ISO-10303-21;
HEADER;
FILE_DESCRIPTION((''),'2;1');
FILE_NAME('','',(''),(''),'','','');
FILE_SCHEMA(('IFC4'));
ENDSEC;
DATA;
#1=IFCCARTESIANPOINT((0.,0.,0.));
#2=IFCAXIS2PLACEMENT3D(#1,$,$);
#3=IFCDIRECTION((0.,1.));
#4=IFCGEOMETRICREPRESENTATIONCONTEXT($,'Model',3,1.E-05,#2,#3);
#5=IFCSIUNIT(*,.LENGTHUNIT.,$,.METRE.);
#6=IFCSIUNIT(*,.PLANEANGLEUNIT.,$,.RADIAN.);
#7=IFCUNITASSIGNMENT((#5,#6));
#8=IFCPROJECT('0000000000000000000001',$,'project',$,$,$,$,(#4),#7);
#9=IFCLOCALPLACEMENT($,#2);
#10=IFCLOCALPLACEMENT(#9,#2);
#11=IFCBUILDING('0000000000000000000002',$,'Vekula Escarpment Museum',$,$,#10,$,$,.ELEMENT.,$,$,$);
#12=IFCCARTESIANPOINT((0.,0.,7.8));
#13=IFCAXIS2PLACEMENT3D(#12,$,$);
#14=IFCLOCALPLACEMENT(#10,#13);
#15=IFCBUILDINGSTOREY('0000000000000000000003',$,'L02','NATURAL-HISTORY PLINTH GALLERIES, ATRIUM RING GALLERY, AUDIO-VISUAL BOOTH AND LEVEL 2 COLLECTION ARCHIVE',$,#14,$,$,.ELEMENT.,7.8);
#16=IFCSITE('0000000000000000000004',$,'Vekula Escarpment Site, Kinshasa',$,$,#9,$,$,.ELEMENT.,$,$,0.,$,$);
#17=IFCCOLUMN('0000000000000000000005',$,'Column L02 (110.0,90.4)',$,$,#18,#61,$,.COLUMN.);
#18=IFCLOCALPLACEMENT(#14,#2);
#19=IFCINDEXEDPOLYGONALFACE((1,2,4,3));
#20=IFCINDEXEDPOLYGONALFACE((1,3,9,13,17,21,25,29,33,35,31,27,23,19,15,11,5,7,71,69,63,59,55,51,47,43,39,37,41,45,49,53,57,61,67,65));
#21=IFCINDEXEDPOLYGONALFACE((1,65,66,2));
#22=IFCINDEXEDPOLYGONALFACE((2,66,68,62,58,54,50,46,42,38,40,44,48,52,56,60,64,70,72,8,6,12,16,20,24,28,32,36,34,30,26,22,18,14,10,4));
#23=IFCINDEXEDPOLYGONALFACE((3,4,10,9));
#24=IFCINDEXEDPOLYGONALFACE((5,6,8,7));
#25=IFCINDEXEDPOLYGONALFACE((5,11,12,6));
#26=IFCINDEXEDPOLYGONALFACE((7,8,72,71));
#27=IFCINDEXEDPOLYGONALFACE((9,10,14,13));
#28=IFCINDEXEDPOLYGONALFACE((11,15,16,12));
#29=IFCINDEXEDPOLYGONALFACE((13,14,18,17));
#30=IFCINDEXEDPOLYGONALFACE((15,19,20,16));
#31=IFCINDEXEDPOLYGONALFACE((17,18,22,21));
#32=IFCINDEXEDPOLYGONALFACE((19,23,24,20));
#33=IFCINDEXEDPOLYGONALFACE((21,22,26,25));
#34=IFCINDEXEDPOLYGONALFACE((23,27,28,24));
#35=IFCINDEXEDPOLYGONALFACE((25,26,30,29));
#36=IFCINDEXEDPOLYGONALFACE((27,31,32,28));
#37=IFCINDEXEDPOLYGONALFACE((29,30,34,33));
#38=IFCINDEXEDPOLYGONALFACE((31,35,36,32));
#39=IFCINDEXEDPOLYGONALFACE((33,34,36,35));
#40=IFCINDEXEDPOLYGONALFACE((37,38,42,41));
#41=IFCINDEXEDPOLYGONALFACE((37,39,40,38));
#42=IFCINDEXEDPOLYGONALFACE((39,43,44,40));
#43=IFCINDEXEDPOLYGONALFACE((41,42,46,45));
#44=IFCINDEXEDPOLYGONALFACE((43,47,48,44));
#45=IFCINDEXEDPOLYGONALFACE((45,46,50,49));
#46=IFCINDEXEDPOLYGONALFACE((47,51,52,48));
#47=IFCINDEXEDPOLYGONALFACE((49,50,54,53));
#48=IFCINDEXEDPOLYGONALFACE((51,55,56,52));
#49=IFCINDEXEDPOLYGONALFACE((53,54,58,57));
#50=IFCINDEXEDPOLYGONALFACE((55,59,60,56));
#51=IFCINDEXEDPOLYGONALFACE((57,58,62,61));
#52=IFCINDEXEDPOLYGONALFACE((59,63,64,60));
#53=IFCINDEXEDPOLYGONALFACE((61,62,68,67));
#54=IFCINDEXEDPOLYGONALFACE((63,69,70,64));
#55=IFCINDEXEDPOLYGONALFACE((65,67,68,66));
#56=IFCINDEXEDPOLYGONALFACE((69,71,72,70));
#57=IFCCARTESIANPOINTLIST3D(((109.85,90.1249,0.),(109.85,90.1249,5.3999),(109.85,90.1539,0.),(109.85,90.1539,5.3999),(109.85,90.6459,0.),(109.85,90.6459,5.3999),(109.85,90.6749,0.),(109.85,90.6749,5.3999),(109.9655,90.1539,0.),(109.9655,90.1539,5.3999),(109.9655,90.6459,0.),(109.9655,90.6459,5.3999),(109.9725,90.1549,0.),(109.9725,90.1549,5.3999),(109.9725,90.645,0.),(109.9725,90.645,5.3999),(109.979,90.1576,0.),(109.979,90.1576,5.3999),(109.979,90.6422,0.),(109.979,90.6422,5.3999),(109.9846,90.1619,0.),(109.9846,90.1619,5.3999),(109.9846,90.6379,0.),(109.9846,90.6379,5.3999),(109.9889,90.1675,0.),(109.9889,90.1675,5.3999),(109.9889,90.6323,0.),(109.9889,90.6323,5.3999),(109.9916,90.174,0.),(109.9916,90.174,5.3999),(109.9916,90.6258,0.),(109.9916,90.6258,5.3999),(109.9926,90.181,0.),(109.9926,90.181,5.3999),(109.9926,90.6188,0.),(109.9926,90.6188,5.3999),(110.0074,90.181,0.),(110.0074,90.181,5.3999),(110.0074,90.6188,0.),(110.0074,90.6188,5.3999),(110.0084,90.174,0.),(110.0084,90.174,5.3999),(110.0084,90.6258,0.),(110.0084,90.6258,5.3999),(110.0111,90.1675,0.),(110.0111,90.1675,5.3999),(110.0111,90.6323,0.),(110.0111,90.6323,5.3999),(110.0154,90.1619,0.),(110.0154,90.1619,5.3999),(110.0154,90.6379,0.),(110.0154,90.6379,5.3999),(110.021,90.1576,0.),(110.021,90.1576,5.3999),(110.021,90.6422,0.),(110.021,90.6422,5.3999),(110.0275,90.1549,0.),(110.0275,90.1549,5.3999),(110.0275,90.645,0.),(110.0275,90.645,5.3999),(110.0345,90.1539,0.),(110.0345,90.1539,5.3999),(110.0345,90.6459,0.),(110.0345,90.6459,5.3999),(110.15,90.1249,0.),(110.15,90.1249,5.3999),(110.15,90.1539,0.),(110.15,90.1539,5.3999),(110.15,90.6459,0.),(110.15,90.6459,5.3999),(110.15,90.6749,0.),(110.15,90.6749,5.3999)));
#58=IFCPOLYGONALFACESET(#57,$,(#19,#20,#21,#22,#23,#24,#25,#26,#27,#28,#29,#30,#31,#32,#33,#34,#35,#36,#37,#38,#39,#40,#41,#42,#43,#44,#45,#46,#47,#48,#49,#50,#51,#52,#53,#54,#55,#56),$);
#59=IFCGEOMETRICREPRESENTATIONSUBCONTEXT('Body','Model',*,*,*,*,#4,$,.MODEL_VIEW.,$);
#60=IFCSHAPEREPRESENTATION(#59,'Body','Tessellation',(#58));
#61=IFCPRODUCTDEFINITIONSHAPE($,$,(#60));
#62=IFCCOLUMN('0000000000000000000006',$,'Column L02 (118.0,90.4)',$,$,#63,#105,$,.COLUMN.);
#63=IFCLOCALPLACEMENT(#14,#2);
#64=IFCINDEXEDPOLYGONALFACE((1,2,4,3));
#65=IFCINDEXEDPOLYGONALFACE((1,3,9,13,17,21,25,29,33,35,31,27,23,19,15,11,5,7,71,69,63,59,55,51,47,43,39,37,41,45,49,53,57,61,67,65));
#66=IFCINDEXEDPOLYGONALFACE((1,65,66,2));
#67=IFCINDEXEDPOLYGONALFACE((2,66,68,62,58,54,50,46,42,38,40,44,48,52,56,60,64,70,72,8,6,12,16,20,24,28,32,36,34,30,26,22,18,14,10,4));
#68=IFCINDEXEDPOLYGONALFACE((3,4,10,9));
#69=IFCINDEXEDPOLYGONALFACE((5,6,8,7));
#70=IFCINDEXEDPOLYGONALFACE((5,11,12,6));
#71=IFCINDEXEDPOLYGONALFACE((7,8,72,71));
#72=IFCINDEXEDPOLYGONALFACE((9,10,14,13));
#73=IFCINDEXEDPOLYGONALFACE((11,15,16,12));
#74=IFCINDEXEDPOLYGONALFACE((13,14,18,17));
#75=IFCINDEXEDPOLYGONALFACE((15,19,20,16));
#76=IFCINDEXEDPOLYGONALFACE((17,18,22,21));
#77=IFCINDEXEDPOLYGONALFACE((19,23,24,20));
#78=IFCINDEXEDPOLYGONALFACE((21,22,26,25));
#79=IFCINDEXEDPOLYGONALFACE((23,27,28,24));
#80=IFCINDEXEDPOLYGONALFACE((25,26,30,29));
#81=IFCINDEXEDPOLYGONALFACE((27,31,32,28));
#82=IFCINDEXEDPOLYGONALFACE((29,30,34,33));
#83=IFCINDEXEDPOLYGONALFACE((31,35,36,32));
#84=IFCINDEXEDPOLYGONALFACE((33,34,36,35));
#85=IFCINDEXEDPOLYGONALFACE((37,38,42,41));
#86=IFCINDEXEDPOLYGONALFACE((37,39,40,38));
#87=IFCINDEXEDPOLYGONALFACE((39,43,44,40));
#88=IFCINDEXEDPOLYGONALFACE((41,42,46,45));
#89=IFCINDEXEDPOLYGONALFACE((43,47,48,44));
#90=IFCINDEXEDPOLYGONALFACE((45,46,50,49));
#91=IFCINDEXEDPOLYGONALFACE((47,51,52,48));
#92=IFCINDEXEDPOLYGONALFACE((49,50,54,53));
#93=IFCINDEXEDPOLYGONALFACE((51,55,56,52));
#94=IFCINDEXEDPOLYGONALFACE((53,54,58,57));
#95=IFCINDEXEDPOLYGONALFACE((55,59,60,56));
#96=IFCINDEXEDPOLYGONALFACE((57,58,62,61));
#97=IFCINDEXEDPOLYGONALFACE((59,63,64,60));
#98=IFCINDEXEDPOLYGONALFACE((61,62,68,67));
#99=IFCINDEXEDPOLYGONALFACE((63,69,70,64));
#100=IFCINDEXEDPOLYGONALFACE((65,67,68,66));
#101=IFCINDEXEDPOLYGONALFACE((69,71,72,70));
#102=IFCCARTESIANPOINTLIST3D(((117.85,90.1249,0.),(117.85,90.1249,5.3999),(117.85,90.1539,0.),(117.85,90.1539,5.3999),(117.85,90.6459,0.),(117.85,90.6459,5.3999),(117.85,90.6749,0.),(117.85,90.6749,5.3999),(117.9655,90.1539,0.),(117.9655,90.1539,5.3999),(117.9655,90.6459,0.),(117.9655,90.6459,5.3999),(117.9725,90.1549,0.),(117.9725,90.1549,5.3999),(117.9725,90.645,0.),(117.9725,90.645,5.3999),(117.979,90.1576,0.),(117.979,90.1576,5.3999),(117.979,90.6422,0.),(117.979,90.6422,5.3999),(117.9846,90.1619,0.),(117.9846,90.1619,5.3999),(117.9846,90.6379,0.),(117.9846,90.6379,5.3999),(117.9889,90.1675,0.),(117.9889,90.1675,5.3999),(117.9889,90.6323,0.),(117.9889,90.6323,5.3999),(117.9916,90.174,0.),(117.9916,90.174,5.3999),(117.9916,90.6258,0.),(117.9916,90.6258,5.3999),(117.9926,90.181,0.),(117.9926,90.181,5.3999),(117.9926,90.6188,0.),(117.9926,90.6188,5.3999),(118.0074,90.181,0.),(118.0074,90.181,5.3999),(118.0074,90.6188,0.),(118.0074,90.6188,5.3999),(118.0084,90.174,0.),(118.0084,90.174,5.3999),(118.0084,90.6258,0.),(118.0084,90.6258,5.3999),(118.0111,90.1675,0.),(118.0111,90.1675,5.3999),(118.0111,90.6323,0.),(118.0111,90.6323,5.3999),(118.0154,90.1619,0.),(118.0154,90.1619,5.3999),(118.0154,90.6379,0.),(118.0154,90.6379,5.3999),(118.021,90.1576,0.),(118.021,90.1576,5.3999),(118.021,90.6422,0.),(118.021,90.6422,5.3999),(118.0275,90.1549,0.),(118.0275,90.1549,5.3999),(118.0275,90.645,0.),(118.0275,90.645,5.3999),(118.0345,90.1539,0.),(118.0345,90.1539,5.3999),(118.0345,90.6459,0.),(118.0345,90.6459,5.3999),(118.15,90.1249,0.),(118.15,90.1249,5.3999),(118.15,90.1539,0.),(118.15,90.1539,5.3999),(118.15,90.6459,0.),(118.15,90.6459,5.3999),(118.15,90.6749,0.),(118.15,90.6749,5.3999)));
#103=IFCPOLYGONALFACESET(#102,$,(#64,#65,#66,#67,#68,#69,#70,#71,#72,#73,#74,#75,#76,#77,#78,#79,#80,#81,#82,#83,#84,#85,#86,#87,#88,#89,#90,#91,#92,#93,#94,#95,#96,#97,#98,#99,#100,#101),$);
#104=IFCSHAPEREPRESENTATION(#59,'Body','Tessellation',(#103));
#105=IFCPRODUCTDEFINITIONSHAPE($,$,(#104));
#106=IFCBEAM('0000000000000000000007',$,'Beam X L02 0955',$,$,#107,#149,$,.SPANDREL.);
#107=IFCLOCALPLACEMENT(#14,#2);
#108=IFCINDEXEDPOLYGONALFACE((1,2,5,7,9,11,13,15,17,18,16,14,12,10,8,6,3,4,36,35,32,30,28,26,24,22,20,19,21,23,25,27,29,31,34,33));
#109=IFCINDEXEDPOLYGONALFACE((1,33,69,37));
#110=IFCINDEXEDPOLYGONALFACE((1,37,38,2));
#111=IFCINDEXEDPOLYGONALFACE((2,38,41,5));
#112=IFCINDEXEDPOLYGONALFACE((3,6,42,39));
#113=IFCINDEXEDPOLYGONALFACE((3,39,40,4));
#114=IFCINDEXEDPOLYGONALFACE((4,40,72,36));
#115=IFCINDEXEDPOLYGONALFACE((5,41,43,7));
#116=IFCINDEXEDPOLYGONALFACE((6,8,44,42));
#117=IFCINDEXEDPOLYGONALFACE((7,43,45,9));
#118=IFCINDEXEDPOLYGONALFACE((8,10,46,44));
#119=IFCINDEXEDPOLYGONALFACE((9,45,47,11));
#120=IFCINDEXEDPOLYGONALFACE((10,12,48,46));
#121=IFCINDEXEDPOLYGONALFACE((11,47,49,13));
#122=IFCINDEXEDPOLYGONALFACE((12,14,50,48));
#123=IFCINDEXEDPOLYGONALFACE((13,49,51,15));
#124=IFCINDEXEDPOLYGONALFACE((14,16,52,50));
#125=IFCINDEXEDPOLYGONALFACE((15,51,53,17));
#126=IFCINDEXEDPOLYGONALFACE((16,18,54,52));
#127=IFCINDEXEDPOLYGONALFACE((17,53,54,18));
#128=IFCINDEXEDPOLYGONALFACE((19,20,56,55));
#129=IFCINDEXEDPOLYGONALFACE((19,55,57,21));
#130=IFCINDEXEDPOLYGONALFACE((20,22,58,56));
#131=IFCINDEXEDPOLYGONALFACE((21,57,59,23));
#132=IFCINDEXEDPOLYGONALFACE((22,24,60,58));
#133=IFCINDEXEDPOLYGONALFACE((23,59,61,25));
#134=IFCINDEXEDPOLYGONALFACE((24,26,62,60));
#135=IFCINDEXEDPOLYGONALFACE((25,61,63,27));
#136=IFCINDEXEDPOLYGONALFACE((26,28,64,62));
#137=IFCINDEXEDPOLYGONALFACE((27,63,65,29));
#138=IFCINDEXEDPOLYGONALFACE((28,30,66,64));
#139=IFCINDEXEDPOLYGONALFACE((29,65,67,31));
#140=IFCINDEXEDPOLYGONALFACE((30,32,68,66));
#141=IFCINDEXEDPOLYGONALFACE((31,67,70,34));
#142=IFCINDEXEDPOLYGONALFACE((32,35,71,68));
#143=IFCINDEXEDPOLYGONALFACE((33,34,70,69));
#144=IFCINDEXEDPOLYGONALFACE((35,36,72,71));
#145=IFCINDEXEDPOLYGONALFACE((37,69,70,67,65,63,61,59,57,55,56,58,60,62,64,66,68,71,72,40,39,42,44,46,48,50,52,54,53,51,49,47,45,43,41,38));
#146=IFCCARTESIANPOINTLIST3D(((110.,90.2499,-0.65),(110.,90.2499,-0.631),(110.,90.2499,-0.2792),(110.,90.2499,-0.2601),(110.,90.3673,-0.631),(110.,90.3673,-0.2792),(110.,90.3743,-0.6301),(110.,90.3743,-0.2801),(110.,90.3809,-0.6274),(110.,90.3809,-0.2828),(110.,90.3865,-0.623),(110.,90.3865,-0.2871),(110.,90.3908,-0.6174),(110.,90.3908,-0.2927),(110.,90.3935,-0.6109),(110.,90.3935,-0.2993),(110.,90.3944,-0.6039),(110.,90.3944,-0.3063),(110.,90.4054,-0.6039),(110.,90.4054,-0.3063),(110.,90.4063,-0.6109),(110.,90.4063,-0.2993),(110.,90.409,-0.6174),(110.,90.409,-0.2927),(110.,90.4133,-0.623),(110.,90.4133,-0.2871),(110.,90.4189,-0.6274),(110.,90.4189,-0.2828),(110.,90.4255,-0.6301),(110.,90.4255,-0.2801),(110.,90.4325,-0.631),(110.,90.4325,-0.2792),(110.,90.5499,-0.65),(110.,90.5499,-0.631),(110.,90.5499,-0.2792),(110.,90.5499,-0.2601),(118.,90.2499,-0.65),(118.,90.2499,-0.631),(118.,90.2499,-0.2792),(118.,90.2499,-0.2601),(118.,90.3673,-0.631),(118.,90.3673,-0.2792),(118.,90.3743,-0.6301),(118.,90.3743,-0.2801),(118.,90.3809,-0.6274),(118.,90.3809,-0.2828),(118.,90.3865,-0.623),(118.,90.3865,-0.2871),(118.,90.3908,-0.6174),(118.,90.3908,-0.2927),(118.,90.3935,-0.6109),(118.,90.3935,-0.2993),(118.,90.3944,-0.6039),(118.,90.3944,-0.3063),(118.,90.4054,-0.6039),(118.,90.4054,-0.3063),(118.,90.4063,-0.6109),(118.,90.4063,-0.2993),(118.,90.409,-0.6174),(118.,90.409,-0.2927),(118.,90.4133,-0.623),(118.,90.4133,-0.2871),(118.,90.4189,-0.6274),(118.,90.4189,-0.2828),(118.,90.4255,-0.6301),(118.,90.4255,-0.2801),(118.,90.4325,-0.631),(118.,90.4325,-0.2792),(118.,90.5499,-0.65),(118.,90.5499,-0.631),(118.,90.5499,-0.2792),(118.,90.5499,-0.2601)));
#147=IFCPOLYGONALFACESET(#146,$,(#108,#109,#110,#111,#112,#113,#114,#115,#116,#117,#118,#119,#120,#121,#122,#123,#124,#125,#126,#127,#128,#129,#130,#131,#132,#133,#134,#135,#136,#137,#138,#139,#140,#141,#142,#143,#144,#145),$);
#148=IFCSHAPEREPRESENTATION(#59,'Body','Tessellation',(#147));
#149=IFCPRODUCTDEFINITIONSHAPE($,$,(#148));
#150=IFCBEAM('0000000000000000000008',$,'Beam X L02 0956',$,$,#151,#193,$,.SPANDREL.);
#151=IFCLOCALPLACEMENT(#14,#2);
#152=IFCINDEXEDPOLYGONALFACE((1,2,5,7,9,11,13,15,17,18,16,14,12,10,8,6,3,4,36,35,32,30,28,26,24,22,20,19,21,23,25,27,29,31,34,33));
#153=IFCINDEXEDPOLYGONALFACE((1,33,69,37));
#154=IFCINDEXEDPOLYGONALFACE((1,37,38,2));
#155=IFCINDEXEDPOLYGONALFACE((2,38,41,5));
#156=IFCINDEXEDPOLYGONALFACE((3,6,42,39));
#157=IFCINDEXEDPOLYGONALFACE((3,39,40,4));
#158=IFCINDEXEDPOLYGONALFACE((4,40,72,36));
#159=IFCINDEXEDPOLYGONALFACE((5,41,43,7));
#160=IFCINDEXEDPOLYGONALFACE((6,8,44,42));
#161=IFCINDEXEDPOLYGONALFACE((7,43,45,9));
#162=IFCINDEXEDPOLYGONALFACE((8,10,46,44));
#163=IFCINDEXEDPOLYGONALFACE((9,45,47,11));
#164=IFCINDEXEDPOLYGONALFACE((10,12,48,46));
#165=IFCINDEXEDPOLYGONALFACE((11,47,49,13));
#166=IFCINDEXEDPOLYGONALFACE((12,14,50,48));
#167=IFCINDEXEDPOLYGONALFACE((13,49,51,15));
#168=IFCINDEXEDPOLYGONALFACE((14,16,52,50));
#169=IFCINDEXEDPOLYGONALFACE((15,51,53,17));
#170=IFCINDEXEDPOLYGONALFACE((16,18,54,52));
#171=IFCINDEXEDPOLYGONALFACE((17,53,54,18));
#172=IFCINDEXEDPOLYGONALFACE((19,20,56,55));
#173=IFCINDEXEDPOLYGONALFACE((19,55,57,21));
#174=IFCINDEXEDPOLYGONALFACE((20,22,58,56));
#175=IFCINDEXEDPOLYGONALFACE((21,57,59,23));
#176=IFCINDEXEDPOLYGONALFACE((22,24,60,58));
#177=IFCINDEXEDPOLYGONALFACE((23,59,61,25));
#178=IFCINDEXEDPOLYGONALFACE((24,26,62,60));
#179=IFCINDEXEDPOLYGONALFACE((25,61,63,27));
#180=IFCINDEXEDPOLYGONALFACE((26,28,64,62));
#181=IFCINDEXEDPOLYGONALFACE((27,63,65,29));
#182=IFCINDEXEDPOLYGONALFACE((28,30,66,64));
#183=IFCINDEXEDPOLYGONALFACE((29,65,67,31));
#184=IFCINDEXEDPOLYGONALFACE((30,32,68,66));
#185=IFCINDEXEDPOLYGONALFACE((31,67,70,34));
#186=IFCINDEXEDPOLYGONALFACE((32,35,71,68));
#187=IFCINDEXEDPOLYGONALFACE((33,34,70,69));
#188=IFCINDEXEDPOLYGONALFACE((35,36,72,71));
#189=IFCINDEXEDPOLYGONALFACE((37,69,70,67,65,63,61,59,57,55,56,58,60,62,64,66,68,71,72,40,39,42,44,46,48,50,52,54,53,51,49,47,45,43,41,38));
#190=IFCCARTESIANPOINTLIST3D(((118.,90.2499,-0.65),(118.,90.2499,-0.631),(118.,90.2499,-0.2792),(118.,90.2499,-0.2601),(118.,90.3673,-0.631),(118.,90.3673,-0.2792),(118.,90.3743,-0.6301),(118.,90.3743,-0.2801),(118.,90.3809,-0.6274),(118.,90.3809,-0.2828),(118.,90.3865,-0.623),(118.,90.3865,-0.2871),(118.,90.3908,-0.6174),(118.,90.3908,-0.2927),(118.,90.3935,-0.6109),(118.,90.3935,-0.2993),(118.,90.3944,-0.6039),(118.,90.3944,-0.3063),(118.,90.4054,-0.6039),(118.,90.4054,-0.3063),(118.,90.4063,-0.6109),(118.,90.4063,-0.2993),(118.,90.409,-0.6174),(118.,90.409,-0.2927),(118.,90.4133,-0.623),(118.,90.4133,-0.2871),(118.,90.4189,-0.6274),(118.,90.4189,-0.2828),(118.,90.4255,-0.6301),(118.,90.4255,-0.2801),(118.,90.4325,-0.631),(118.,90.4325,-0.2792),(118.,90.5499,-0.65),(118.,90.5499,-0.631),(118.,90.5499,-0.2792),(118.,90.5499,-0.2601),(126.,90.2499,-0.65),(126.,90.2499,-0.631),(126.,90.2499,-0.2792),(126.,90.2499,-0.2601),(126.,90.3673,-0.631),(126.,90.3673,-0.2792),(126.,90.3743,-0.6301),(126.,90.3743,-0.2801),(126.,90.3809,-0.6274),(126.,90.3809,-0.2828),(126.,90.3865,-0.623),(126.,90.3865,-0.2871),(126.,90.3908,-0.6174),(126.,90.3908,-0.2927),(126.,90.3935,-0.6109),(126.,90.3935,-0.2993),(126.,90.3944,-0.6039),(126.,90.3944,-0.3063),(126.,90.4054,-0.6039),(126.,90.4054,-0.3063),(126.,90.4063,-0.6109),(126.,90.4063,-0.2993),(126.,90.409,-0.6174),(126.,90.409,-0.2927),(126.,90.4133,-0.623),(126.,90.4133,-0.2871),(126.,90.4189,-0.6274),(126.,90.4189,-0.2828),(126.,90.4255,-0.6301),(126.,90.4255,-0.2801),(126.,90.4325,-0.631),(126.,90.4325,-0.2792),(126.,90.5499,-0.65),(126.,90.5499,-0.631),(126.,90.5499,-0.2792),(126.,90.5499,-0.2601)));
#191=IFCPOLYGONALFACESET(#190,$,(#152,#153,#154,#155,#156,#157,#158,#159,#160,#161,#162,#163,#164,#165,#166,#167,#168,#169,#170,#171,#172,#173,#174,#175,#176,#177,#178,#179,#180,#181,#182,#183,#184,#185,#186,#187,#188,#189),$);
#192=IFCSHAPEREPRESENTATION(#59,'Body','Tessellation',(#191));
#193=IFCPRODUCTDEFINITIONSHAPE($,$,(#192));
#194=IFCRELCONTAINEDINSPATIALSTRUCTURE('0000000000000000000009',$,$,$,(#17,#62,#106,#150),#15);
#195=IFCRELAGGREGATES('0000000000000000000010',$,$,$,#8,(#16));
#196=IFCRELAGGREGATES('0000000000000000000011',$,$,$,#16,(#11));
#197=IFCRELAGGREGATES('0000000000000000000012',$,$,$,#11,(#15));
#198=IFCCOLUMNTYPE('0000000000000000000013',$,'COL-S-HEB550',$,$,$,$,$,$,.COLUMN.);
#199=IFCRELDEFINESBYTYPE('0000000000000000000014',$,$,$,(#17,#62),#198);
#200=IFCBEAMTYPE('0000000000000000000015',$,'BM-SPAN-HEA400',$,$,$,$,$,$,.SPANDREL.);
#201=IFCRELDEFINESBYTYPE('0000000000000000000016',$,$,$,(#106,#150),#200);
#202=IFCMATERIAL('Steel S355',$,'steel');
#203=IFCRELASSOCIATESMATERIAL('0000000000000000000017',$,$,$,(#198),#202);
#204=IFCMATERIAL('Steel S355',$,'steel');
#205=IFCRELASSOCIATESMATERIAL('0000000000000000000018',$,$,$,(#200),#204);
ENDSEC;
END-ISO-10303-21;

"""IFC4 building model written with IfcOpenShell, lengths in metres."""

from ifc_helpers import new_model, si_unit, direction, frame, origin, origin_2d, place, context, subcontext, project, spatial, i_section, extrude, material, material_profile, profile_set, type_object, element, save


model = new_model("IFC4")

# Units and contexts
model_context = context("Model", 3, precision=1e-05, world=origin(), true_north=direction((0.0, 1.0)))
body_context = subcontext(model_context, "Body", "Model", "MODEL_VIEW")
ifc_project = project(units=[si_unit("LENGTHUNIT", "METRE"), si_unit("PLANEANGLEUNIT", "RADIAN")], contexts=[model_context])

# Site, building, storey
site_placement = place(None, origin())
site = spatial("IfcSite", under=ifc_project, at=site_placement, Name="Vekula Escarpment Site, Kinshasa", CompositionType="ELEMENT", RefElevation=0.0)
building_placement = place(site_placement, origin())
building = spatial("IfcBuilding", under=site, at=building_placement, Name="Vekula Escarpment Museum", CompositionType="ELEMENT")
storey_placement = place(building_placement, frame((0.0, 0.0, 7.8)))
storey = spatial("IfcBuildingStorey", under=building, at=storey_placement, Name="L02", Description="NATURAL-HISTORY PLINTH GALLERIES, ATRIUM RING GALLERY, AUDIO-VISUAL BOOTH AND LEVEL 2 COLLECTION ARCHIVE", CompositionType="ELEMENT", Elevation=7.8)

# Columns
ifc_material_1 = material(Name="Steel S355", Category="steel")
ifc_material_profile_1 = material_profile(ifc_material_1, i_section(OverallWidth=0.3, OverallDepth=0.55, WebThickness=0.0149, FlangeThickness=0.0291, FilletRadius=0.0271, at=origin_2d()), Name="HEB 550")
ifc_profile_set_1 = profile_set([ifc_material_profile_1], Name="Steel S355")
column_type = type_object("IfcColumnType", Name="COL-S-HEB550", PredefinedType="COLUMN", material=ifc_profile_set_1)
for number, where, z_axis, x_axis, name in (
    (1, (110.0, 90.3999, 0.0), (0.0, 0.0, 1.0), (1.0, 0.0, 0.0), "Column L02 (110.0,90.4)"),
    (2, (118.0, 90.3999, 0.0), (0.0, 0.0, 1.0), (1.0, 0.0, 0.0), "Column L02 (118.0,90.4)"),
):
    element("IfcColumn", number, at=place(storey_placement, frame(where, z_axis=z_axis, x_axis=x_axis)), inside=storey, type_object=column_type, Name=name, PredefinedType="COLUMN", context=body_context, shape_type="SweptSolid", body=[
        extrude(i_section(OverallWidth=0.3, OverallDepth=0.55, WebThickness=0.0149, FlangeThickness=0.0291, FilletRadius=0.0271, at=origin_2d()), origin(), (0.0, 0.0, 1.0), 5.3999),
    ])

# Beams
ifc_material_2 = material(Name="Steel S355", Category="steel")
ifc_material_profile_2 = material_profile(ifc_material_2, i_section(OverallWidth=0.3, OverallDepth=0.3899, WebThickness=0.011, FlangeThickness=0.019, FilletRadius=0.0271, at=origin_2d()), Name="HEA 400")
ifc_profile_set_2 = profile_set([ifc_material_profile_2], Name="Steel S355")
beam_type = type_object("IfcBeamType", Name="BM-SPAN-HEA400", PredefinedType="SPANDREL", material=ifc_profile_set_2)
for number, where, z_axis, x_axis, name in (
    (3, (110.0, 90.3999, -0.4551), (1.0, 0.0, 0.0), (0.0, 1.0, 0.0), "Beam X L02 0955"),
    (4, (118.0, 90.3999, -0.4551), (1.0, 0.0, 0.0), (0.0, 1.0, 0.0), "Beam X L02 0956"),
):
    element("IfcBeam", number, at=place(storey_placement, frame(where, z_axis=z_axis, x_axis=x_axis)), inside=storey, type_object=beam_type, Name=name, PredefinedType="SPANDREL", context=body_context, shape_type="SweptSolid", body=[
        extrude(i_section(OverallWidth=0.3, OverallDepth=0.3899, WebThickness=0.011, FlangeThickness=0.019, FilletRadius=0.0271, at=origin_2d()), origin(), (0.0, 0.0, 1.0), 8.0),
    ])

save(model, "model.ifc")
